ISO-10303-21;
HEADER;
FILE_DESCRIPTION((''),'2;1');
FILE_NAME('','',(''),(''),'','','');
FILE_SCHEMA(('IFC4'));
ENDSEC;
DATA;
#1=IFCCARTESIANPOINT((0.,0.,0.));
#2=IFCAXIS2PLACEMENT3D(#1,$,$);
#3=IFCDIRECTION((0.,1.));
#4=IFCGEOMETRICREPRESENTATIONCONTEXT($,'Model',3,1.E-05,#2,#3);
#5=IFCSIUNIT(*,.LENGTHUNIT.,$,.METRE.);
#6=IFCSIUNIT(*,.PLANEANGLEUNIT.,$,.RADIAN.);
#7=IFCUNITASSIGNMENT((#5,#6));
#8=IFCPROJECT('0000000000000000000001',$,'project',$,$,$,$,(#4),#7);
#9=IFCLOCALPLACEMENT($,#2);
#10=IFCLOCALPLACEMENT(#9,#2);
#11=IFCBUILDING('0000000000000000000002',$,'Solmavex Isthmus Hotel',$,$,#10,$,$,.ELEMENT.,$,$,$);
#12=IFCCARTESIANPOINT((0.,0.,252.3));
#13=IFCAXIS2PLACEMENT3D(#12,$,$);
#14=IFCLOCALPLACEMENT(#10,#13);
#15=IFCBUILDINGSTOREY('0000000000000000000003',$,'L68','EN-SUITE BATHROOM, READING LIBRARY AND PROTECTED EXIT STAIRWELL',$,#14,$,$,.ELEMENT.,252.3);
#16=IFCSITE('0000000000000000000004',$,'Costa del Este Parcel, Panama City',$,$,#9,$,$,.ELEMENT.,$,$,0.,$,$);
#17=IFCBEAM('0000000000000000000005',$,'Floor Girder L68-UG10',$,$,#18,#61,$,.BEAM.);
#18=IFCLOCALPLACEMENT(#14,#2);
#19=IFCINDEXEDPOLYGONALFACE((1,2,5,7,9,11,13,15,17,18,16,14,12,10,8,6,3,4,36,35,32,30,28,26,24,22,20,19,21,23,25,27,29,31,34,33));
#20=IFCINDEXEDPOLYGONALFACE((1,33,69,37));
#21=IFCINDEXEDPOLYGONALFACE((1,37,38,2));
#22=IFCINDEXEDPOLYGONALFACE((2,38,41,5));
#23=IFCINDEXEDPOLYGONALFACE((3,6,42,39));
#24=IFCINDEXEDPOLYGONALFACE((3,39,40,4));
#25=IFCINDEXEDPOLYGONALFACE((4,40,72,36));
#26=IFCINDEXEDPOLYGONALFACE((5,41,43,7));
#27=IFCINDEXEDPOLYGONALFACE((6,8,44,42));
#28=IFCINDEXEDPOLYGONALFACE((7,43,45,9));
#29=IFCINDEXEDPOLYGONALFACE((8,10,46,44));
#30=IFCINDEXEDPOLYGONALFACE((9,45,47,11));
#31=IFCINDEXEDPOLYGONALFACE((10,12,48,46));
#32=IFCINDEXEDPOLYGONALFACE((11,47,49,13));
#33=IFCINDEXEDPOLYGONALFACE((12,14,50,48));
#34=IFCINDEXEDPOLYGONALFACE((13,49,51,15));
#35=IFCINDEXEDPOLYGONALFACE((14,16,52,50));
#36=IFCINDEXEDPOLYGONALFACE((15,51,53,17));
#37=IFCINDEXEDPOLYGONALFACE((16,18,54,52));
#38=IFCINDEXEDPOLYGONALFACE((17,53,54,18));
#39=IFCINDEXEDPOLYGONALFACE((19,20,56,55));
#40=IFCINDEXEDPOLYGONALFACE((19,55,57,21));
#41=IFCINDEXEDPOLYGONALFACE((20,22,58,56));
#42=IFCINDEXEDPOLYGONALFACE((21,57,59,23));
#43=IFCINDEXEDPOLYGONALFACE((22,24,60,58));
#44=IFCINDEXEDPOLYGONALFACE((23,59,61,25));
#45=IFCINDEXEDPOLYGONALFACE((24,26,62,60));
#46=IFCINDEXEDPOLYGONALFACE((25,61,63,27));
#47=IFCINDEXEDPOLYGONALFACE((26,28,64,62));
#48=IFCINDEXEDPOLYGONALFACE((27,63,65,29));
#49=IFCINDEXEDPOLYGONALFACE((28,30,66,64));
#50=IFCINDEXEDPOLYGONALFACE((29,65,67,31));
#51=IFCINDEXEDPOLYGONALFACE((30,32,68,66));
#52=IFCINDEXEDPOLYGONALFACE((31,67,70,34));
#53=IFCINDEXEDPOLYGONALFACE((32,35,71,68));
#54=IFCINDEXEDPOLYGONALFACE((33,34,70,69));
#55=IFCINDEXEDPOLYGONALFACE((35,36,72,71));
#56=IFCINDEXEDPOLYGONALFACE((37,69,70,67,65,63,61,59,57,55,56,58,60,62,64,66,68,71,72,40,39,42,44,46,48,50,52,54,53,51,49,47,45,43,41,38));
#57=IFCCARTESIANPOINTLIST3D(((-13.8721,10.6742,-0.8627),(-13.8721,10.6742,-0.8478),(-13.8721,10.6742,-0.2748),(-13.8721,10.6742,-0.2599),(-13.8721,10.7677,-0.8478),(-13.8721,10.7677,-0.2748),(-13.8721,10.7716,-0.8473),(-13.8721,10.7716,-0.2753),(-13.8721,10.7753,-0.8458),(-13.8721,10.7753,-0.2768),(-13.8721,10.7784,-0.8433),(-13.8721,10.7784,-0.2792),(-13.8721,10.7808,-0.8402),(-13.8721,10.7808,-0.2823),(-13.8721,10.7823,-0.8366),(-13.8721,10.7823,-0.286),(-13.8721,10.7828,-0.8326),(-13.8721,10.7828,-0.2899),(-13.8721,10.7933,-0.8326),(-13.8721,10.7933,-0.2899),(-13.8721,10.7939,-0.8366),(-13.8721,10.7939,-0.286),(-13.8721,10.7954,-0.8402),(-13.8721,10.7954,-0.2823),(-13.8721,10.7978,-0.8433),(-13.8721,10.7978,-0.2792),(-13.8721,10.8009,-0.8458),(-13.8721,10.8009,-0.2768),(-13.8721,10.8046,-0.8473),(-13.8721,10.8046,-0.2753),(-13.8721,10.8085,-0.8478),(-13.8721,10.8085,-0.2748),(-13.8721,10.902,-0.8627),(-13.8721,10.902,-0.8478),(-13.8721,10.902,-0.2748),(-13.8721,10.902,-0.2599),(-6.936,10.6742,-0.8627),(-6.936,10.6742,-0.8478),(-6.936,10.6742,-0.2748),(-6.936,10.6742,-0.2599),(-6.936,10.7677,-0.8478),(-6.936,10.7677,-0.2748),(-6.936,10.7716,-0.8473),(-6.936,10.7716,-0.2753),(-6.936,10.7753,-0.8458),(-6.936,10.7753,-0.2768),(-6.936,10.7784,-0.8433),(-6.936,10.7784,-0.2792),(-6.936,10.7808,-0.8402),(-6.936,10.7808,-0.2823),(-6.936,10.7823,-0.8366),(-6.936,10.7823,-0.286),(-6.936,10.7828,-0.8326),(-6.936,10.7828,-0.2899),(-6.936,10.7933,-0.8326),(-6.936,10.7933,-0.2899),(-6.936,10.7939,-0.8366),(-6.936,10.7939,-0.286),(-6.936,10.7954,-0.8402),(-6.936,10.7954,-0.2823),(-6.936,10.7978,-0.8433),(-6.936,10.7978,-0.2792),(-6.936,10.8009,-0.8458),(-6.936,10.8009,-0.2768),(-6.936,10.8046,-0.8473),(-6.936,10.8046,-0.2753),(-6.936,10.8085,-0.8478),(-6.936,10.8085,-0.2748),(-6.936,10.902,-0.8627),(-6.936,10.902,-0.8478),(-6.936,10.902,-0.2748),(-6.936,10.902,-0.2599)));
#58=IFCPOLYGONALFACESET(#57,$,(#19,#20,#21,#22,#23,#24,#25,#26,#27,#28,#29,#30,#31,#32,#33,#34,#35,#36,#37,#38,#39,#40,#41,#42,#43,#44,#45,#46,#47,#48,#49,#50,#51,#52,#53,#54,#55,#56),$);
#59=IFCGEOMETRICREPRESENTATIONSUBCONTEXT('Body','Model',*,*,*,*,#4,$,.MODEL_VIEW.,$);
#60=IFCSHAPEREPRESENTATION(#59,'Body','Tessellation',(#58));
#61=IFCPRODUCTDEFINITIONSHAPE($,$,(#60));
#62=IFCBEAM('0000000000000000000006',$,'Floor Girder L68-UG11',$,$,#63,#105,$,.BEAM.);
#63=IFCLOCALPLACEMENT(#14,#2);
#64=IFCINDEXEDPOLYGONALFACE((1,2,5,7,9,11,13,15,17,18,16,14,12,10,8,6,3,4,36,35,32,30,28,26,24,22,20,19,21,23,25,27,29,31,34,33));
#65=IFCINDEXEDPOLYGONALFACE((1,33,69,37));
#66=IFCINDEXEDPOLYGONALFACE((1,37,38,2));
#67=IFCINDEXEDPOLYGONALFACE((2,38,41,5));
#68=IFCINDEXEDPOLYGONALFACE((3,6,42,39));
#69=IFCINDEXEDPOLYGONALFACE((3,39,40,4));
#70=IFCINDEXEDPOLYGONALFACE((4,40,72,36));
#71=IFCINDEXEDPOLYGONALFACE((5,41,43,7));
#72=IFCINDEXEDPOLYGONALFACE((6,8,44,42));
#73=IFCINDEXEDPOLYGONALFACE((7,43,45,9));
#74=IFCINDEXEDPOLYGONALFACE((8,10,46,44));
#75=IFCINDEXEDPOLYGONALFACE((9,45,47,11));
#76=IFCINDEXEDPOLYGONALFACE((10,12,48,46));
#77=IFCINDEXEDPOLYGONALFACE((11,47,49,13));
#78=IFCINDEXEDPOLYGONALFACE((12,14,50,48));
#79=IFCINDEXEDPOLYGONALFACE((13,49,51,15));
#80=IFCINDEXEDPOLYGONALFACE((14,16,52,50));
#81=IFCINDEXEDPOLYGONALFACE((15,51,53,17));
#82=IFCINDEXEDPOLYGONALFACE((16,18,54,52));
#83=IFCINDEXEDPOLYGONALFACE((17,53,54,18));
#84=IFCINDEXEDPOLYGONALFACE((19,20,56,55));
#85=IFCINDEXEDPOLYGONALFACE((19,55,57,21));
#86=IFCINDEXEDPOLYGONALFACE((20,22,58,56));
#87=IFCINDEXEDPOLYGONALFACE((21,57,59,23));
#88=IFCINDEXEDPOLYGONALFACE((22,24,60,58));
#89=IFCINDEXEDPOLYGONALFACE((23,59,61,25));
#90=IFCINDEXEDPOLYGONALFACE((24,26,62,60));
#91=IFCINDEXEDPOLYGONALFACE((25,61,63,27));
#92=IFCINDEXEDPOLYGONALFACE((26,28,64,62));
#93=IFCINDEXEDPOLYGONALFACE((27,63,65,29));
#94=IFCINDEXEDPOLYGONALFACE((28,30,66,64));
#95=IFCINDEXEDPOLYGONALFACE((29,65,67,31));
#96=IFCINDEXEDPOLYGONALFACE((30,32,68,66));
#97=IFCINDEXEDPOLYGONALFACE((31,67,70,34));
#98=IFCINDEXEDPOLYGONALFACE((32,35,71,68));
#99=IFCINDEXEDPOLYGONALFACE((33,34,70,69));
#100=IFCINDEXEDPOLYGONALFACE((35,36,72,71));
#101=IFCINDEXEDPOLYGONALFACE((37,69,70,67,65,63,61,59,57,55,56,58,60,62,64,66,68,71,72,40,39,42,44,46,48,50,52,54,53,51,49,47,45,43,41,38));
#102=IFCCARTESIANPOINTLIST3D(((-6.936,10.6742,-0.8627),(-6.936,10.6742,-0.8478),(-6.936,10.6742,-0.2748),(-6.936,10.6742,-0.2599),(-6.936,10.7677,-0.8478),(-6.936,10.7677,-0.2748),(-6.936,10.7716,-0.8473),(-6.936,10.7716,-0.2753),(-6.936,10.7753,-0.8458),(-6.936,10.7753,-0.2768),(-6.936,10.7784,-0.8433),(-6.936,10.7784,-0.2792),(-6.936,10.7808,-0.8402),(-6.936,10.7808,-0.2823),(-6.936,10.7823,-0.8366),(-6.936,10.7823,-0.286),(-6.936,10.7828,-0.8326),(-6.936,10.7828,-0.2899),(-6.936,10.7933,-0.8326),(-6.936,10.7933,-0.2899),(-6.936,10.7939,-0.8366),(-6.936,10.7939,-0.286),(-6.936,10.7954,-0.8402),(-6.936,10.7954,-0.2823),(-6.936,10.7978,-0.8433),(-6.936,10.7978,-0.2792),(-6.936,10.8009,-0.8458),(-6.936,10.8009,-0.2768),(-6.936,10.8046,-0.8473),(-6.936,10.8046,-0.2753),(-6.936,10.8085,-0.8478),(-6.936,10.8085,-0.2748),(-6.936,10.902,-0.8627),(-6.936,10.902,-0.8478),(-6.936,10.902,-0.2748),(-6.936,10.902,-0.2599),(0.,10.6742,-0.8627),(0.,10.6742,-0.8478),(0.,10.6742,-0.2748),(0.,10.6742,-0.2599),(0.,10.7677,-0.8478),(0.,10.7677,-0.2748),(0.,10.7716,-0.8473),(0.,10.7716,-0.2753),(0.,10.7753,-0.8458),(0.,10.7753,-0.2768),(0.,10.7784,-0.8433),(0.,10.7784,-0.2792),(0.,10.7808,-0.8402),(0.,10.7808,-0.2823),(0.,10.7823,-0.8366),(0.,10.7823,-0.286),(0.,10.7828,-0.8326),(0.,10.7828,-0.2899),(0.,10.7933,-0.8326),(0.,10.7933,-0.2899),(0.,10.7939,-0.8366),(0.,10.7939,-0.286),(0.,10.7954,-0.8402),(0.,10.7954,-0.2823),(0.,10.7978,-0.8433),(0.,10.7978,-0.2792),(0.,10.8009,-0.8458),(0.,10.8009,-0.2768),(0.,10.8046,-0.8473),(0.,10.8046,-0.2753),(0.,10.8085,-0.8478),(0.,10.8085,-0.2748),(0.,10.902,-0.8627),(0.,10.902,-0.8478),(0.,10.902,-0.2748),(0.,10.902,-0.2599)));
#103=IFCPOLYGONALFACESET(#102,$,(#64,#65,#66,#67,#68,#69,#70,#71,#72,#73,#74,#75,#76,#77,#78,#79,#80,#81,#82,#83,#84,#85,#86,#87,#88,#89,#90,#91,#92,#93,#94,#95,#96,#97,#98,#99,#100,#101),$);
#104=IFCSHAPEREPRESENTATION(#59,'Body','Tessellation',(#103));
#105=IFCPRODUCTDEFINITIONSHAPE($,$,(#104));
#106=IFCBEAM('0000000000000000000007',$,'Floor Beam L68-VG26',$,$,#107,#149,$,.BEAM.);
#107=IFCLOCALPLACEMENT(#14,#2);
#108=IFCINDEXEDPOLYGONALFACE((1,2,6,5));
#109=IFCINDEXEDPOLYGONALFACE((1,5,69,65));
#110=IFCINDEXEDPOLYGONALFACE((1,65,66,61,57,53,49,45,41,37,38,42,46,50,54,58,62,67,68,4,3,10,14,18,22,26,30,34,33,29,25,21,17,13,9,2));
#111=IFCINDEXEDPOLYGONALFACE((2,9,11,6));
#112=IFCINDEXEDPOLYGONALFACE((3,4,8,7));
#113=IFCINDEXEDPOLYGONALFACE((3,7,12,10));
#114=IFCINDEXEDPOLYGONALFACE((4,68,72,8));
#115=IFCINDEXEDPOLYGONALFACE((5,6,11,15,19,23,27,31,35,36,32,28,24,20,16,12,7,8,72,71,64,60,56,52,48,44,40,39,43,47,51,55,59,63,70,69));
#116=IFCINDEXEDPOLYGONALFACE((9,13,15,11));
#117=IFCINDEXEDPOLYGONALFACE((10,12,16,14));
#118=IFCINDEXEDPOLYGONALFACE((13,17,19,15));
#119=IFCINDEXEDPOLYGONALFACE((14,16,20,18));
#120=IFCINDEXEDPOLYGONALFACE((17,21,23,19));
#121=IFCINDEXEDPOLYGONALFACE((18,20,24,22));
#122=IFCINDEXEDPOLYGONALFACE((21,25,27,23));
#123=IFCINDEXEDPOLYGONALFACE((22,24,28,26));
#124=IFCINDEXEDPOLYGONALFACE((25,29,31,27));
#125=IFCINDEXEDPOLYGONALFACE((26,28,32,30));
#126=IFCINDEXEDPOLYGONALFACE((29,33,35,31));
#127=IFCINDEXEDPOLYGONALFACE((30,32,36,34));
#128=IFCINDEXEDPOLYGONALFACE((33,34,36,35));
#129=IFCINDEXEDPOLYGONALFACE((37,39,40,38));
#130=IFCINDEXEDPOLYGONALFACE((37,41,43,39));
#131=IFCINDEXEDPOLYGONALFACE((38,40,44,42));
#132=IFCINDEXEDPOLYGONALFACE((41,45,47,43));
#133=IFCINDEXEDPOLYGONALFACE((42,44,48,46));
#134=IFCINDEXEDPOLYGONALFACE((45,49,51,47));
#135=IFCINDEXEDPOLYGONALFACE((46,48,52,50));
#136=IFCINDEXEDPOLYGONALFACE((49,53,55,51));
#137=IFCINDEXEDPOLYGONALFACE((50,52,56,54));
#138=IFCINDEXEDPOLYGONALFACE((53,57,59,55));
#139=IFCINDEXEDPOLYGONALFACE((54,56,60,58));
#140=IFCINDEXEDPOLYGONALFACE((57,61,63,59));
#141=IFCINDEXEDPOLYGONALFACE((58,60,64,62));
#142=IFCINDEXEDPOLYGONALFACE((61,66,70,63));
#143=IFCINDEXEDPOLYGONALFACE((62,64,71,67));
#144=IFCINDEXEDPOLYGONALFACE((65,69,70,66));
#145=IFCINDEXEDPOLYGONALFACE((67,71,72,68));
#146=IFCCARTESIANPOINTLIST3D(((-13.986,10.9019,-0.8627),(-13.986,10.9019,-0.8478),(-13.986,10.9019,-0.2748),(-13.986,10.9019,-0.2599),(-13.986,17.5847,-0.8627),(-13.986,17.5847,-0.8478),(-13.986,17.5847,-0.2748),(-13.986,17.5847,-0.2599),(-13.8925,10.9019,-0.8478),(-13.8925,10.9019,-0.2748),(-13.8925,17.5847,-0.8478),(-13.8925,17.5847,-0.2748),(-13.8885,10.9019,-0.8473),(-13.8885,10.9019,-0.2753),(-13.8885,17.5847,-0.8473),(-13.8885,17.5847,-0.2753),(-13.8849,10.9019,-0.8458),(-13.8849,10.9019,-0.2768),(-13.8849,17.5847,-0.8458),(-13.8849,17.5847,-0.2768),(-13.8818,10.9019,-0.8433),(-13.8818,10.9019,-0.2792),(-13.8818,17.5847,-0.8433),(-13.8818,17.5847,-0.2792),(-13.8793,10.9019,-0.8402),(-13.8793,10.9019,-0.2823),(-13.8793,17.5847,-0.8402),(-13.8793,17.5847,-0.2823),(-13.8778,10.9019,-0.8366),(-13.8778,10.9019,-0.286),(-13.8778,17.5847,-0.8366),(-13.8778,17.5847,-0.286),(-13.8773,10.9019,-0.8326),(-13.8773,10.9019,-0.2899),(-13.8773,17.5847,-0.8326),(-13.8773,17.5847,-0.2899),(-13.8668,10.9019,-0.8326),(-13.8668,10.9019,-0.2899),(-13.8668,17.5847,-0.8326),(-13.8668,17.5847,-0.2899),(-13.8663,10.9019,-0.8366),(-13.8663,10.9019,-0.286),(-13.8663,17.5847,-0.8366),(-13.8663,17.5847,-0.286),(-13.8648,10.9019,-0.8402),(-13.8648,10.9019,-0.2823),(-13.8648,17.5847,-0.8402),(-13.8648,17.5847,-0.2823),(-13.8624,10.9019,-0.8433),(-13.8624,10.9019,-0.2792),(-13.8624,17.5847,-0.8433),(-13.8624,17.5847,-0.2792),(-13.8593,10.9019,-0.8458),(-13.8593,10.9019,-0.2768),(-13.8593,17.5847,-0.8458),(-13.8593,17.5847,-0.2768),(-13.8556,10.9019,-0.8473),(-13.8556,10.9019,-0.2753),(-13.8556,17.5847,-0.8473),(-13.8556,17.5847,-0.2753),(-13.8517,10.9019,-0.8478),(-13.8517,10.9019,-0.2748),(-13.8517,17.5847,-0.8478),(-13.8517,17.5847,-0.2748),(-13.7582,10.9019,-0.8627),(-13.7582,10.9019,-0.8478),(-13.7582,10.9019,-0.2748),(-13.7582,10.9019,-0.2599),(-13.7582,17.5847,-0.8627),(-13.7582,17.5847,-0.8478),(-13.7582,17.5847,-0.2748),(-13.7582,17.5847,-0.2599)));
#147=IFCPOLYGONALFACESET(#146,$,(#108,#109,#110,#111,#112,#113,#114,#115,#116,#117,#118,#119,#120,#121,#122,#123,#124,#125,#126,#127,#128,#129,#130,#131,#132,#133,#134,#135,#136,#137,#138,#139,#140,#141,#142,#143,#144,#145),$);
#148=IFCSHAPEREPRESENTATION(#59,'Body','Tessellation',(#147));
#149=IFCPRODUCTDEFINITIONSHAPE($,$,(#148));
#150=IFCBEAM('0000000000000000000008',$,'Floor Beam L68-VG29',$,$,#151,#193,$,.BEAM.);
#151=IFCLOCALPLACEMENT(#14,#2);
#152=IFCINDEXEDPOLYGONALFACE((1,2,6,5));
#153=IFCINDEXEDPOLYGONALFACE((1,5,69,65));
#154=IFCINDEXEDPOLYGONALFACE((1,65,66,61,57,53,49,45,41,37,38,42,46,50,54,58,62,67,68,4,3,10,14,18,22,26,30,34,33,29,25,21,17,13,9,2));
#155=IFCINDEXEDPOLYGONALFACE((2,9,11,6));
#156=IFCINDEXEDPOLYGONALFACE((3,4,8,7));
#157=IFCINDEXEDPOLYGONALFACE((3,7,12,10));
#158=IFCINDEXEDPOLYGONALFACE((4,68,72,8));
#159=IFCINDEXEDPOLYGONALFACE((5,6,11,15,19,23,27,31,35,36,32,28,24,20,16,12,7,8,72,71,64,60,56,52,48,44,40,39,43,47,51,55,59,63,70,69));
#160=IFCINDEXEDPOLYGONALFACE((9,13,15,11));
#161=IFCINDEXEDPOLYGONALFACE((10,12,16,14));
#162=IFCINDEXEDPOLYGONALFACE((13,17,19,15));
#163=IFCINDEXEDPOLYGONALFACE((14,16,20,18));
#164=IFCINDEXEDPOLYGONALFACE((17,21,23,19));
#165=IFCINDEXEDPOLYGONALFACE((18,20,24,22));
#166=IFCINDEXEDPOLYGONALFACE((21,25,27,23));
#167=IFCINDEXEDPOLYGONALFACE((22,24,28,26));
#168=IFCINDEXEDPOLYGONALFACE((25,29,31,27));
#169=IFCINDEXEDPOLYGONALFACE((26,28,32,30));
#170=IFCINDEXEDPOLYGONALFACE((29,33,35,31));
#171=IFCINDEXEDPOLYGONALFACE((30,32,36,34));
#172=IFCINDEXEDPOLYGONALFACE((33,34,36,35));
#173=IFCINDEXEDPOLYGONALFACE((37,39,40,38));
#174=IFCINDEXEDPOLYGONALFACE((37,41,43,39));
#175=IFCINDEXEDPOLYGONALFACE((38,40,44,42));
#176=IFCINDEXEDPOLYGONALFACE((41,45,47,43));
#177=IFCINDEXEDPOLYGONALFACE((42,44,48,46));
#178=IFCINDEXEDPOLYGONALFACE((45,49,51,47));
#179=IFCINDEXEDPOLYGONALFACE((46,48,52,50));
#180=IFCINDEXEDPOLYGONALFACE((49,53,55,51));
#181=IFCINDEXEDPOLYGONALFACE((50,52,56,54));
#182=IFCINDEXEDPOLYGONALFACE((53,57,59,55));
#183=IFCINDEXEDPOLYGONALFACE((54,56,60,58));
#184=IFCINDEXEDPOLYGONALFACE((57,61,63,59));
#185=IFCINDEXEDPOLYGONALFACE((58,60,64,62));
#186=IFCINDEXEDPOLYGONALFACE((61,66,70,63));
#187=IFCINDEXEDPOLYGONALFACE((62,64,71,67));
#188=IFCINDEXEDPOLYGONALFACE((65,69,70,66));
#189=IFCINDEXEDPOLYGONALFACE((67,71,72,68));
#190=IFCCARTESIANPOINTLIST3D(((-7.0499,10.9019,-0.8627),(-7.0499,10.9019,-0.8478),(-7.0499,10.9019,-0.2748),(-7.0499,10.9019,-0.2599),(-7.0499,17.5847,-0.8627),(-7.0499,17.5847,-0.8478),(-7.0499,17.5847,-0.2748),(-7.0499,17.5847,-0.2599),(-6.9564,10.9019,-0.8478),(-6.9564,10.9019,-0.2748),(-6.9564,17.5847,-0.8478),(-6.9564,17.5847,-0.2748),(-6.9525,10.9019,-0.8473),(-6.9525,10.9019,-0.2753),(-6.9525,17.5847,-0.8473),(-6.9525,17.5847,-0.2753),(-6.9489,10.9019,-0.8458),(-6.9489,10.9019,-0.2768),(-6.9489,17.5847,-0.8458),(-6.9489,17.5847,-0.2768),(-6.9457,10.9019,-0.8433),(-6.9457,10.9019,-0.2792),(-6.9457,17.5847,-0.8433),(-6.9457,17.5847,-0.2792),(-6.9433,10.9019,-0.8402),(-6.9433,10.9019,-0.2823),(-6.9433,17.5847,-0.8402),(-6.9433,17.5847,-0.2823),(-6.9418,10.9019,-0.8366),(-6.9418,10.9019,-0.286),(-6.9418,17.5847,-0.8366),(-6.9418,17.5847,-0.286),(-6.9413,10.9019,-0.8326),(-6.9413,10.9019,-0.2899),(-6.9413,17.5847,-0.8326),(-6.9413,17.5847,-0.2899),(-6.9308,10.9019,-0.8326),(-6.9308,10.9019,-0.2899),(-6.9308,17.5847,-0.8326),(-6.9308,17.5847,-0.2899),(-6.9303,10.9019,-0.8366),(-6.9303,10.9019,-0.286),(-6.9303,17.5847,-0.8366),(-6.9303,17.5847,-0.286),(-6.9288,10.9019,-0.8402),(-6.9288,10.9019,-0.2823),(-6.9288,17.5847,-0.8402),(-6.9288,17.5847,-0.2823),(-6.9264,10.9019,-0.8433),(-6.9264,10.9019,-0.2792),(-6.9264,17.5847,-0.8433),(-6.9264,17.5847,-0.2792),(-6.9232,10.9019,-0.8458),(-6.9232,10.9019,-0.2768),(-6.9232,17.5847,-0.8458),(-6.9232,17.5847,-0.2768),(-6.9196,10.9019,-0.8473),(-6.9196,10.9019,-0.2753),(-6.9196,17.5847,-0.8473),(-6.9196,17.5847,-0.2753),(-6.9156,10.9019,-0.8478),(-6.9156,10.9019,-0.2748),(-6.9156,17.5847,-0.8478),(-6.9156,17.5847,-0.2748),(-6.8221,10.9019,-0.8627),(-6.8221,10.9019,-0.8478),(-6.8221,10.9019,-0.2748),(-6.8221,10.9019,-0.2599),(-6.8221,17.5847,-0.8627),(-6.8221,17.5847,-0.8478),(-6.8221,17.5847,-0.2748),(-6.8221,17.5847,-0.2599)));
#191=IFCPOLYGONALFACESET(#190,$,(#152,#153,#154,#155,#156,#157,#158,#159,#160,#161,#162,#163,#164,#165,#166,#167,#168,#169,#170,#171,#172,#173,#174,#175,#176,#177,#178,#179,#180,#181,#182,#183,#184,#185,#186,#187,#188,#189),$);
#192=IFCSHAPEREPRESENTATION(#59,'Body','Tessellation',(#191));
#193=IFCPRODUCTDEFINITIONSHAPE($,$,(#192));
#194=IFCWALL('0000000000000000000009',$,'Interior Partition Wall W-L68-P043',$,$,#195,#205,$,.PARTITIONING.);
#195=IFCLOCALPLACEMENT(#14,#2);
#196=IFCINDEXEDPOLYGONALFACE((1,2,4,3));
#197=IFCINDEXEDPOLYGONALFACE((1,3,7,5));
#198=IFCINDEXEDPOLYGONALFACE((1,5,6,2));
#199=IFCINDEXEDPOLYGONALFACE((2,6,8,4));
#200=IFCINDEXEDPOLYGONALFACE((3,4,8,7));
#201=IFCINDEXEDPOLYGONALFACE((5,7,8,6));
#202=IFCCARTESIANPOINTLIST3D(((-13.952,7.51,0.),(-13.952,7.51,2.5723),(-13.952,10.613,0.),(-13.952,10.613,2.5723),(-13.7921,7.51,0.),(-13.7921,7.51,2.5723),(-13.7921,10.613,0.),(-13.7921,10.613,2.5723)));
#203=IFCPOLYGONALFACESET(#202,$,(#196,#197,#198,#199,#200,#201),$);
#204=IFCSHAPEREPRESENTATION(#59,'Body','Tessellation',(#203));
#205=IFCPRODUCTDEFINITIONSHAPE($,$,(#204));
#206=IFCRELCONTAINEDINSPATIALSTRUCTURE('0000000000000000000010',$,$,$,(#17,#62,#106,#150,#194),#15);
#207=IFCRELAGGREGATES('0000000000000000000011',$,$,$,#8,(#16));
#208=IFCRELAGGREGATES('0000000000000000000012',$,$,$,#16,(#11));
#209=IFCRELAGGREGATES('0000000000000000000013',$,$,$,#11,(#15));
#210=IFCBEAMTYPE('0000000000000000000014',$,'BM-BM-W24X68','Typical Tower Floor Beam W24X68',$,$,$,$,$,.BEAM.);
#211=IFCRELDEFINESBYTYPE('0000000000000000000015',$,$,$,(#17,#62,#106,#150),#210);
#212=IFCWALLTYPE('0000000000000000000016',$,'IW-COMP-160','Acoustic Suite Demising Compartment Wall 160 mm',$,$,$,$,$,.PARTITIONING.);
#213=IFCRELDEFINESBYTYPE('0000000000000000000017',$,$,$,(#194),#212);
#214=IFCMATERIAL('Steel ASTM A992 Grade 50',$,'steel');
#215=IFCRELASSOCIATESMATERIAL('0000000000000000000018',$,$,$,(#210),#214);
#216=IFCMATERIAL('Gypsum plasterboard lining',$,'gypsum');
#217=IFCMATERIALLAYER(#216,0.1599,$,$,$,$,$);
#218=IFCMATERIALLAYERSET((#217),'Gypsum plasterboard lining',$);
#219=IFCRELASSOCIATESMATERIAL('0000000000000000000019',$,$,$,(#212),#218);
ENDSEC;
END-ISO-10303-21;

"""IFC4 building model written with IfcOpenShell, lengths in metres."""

from ifc_helpers import new_model, si_unit, direction, frame, frame_2d, origin, origin_2d, place, context, subcontext, project, spatial, rectangle, i_section, extrude, material, layer, layer_set, material_profile, profile_set, type_object, element, save


model = new_model("IFC4")

# Units and contexts
model_context = context("Model", 3, precision=1e-05, world=origin(), true_north=direction((0.0, 1.0)))
body_context = subcontext(model_context, "Body", "Model", "MODEL_VIEW")
ifc_project = project(units=[si_unit("LENGTHUNIT", "METRE"), si_unit("PLANEANGLEUNIT", "RADIAN")], contexts=[model_context])

# Site, building, storey
site_placement = place(None, origin())
site = spatial("IfcSite", under=ifc_project, at=site_placement, Name="Costa del Este Parcel, Panama City", CompositionType="ELEMENT", RefElevation=0.0)
building_placement = place(site_placement, origin())
building = spatial("IfcBuilding", under=site, at=building_placement, Name="Solmavex Isthmus Hotel", CompositionType="ELEMENT")
storey_placement = place(building_placement, frame((0.0, 0.0, 252.3)))
storey = spatial("IfcBuildingStorey", under=building, at=storey_placement, Name="L68", Description="EN-SUITE BATHROOM, READING LIBRARY AND PROTECTED EXIT STAIRWELL", CompositionType="ELEMENT", Elevation=252.3)

# Beams
ifc_material_1 = material(Name="Steel ASTM A992 Grade 50", Category="steel")
ifc_material_profile_1 = material_profile(ifc_material_1, i_section(OverallWidth=0.2278, OverallDepth=0.6028, WebThickness=0.0105, FlangeThickness=0.0149, FilletRadius=0.0151, at=origin_2d()), Name="W24X68")
ifc_profile_set_1 = profile_set([ifc_material_profile_1], Name="Steel ASTM A992 Grade 50")
beam_type_1 = type_object("IfcBeamType", Name="BM-BM-W24X68", Description="Typical Tower Floor Beam W24X68", PredefinedType="BEAM", material=ifc_profile_set_1)
for number, where, z_axis, x_axis, name in (
    (1, (-13.8721, 10.7881, -0.5613), (1.0, 0.0, 0.0), (0.0, 1.0, 0.0), "Floor Girder L68-UG10"),
    (2, (-6.936, 10.7881, -0.5613), (1.0, 0.0, 0.0), (0.0, 1.0, 0.0), "Floor Girder L68-UG11"),
):
    element("IfcBeam", number, at=place(storey_placement, frame(where, z_axis=z_axis, x_axis=x_axis)), inside=storey, type_object=beam_type_1, Name=name, PredefinedType="BEAM", context=body_context, shape_type="SweptSolid", body=[
        extrude(i_section(OverallWidth=0.2278, OverallDepth=0.6028, WebThickness=0.0105, FlangeThickness=0.0149, FilletRadius=0.0151, at=origin_2d()), origin(), (0.0, 0.0, 1.0), 6.936),
    ])
for number, where, z_axis, x_axis, name in (
    (3, (-13.8721, 10.9019, -0.5613), (0.0, 1.0, 0.0), (-1.0, 0.0, 0.0), "Floor Beam L68-VG26"),
    (4, (-6.936, 10.9019, -0.5613), (0.0, 1.0, 0.0), (-1.0, 0.0, 0.0), "Floor Beam L68-VG29"),
):
    element("IfcBeam", number, at=place(storey_placement, frame(where, z_axis=z_axis, x_axis=x_axis)), inside=storey, type_object=beam_type_1, Name=name, PredefinedType="BEAM", context=body_context, shape_type="SweptSolid", body=[
        extrude(i_section(OverallWidth=0.2278, OverallDepth=0.6028, WebThickness=0.0105, FlangeThickness=0.0149, FilletRadius=0.0151, at=origin_2d()), origin(), (0.0, 0.0, 1.0), 6.6829),
    ])

# Wall
ifc_material_2 = material(Name="Gypsum plasterboard lining", Category="gypsum")
ifc_layer_1 = layer(ifc_material_2, 0.1599)
ifc_layer_set_1 = layer_set([ifc_layer_1], Name="Gypsum plasterboard lining")
wall_type_1 = type_object("IfcWallType", Name="IW-COMP-160", Description="Acoustic Suite Demising Compartment Wall 160 mm", PredefinedType="PARTITIONING", material=ifc_layer_set_1)
wall_1_placement = place(storey_placement, frame((-13.8721, 10.613, 0.0), z_axis=(0.0, 0.0, 1.0), x_axis=(0.0, -1.0, 0.0)))
element("IfcWall", 5, at=wall_1_placement, inside=storey, type_object=wall_type_1, Name="Interior Partition Wall W-L68-P043", PredefinedType="PARTITIONING", context=body_context, shape_type="SweptSolid", body=[
    extrude(rectangle(XDim=3.103, YDim=0.1599, at=frame_2d((1.5515, 0.0))), origin(), (0.0, 0.0, 1.0), 2.5723),
])

save(model, "model.ifc")
